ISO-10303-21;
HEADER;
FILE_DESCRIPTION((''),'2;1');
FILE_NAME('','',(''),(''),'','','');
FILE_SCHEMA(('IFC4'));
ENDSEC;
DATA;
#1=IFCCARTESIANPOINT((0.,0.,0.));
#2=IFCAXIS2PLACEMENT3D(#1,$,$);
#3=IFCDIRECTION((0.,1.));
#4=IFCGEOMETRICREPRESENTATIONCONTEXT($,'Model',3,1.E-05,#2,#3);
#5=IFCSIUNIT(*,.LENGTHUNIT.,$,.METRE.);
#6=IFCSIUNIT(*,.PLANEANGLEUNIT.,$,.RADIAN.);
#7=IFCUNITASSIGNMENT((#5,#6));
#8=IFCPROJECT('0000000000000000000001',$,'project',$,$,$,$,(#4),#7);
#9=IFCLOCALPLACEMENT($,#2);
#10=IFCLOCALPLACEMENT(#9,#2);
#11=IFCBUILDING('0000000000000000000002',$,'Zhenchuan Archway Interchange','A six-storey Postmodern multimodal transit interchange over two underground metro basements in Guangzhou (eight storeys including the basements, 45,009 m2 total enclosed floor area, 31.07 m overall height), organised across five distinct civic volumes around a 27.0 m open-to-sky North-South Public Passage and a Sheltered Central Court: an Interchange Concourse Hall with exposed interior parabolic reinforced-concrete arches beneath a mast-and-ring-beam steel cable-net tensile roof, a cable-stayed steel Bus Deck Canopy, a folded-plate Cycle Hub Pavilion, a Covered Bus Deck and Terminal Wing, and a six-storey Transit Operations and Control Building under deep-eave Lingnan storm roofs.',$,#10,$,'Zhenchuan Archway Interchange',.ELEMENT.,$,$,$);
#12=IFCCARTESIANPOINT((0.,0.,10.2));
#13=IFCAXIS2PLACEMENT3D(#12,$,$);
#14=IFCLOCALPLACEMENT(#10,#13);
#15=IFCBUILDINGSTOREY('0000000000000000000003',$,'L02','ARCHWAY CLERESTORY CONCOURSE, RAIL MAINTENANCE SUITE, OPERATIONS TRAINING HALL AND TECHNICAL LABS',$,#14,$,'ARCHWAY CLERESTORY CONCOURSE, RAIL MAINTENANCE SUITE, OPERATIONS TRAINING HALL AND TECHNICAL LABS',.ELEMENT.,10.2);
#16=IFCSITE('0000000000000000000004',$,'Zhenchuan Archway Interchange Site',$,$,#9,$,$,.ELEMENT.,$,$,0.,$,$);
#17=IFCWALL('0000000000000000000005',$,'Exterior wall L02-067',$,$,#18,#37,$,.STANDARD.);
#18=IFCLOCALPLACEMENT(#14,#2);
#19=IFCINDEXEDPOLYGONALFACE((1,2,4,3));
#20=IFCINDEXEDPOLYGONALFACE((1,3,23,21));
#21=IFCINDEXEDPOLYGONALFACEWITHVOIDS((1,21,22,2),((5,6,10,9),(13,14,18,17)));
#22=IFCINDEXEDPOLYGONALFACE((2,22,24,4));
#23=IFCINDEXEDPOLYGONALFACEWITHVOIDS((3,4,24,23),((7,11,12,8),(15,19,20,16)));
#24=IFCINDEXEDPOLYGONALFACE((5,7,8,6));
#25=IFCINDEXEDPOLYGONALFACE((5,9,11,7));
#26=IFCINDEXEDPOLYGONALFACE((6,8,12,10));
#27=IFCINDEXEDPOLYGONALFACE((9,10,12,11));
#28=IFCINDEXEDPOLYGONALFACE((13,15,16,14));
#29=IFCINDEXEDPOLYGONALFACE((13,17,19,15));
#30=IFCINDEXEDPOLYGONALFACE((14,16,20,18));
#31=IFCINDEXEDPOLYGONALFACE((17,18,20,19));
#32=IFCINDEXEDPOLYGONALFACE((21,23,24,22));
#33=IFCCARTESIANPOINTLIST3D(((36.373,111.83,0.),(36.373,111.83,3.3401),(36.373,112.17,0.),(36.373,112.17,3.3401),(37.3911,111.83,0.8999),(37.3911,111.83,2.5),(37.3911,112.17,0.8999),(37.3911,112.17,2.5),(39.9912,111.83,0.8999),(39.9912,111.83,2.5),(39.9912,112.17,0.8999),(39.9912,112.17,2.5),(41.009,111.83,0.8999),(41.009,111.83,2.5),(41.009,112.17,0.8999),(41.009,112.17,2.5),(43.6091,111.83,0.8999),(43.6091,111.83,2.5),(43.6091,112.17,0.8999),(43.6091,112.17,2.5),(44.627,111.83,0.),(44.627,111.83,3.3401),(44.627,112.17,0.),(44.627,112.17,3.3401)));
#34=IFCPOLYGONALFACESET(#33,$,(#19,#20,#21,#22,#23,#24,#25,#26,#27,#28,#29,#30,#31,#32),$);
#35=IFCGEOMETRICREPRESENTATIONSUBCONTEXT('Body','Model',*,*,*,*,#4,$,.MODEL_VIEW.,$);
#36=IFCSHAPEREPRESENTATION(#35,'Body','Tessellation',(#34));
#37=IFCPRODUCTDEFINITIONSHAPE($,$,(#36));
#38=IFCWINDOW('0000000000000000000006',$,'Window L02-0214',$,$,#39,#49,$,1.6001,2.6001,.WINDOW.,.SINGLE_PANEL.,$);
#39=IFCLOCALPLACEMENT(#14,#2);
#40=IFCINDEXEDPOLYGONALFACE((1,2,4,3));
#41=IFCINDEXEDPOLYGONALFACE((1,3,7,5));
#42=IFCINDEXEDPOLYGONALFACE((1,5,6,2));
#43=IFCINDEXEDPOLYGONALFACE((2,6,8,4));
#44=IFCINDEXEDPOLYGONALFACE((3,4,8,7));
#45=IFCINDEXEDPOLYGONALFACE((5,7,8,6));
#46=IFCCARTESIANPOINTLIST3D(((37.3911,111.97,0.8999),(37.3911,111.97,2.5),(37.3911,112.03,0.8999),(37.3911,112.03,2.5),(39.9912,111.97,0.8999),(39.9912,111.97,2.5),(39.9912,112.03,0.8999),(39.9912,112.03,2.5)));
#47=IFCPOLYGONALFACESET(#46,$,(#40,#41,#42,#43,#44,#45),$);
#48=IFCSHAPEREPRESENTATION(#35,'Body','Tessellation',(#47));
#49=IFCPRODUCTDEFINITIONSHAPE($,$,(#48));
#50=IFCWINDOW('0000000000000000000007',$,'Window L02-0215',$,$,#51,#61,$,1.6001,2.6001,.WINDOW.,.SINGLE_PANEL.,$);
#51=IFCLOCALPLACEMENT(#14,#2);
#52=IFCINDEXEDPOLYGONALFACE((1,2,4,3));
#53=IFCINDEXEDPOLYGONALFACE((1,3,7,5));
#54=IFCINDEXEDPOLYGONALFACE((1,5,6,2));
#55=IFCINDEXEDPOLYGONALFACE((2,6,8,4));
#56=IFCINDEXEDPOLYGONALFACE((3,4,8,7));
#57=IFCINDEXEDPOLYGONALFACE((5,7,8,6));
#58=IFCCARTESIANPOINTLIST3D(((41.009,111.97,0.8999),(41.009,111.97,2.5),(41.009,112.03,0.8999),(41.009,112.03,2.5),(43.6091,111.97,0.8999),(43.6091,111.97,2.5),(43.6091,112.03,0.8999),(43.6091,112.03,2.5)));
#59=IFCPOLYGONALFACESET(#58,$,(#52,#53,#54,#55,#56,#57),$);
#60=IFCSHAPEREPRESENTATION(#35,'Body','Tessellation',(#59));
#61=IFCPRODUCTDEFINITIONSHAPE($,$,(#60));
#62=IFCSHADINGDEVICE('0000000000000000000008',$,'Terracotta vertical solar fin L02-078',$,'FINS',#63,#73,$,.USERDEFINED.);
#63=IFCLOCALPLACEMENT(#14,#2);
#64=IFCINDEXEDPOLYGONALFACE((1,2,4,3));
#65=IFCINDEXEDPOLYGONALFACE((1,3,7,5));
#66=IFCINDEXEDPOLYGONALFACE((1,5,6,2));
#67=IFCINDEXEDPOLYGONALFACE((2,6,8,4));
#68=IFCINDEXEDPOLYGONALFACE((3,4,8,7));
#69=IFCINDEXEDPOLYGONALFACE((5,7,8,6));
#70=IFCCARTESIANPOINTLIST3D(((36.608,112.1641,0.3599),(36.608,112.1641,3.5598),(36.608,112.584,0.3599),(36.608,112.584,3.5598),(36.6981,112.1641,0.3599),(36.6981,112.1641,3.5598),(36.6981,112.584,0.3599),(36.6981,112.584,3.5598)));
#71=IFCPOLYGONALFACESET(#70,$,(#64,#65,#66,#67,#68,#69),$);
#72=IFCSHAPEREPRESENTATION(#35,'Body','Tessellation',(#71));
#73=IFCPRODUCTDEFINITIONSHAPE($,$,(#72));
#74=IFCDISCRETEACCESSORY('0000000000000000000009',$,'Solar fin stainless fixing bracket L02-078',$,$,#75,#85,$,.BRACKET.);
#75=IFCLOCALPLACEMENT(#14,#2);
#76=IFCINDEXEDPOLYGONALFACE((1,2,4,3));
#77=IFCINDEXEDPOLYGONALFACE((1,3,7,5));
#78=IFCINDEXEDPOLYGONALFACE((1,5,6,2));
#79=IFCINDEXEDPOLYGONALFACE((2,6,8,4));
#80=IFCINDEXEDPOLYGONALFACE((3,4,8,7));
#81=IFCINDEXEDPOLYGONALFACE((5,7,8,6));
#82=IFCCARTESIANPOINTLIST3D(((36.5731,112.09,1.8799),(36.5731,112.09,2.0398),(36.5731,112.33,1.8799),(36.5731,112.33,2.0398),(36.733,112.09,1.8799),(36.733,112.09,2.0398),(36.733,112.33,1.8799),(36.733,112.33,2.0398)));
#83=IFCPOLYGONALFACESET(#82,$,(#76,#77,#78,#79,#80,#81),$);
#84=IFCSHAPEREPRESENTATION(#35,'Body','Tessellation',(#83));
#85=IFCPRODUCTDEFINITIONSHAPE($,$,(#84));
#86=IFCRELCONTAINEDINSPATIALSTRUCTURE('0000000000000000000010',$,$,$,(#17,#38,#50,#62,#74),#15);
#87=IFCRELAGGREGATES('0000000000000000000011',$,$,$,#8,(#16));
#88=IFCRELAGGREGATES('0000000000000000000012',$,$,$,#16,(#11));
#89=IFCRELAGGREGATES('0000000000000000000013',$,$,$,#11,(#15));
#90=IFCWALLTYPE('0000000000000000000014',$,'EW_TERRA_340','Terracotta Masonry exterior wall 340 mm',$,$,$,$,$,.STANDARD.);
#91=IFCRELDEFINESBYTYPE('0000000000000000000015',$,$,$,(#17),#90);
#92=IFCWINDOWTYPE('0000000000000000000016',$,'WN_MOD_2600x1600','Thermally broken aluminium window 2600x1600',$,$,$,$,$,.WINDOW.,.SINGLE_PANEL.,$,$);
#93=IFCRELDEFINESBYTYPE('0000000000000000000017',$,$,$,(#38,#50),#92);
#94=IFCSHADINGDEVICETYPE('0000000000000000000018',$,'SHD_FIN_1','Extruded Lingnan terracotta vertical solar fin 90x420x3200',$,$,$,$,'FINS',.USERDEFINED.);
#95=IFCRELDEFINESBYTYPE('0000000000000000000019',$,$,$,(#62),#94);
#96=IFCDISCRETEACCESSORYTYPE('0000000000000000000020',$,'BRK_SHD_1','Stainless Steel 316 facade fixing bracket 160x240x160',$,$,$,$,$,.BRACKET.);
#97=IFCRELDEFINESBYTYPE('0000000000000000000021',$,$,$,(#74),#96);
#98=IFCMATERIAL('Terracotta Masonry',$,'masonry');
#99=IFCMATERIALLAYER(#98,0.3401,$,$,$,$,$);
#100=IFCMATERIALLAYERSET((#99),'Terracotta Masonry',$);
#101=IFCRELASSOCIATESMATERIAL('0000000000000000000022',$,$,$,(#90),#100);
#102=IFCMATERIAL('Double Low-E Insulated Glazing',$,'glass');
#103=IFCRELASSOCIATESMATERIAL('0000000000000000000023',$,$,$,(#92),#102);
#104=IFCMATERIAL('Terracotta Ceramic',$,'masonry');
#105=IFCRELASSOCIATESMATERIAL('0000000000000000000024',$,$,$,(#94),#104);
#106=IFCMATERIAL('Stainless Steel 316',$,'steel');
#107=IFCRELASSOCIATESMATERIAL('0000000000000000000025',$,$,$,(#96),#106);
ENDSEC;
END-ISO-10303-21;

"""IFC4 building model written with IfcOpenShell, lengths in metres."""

from ifc_helpers import new_model, si_unit, direction, frame, frame_2d, origin, origin_2d, place, context, subcontext, project, spatial, rectangle, extrude, material, layer, layer_set, type_object, element, fill, save


model = new_model("IFC4")

# Units and contexts
model_context = context("Model", 3, precision=1e-05, world=origin(), true_north=direction((0.0, 1.0)))
body_context = subcontext(model_context, "Body", "Model", "MODEL_VIEW")
ifc_project = project(units=[si_unit("LENGTHUNIT", "METRE"), si_unit("PLANEANGLEUNIT", "RADIAN")], contexts=[model_context])

# Site, building, storey
site_placement = place(None, origin())
site = spatial("IfcSite", under=ifc_project, at=site_placement, Name="Zhenchuan Archway Interchange Site", CompositionType="ELEMENT", RefElevation=0.0)
building_placement = place(site_placement, origin())
building = spatial("IfcBuilding", under=site, at=building_placement, Name="Zhenchuan Archway Interchange", Description="A six-storey Postmodern multimodal transit interchange over two underground metro basements in Guangzhou (eight storeys including the basements, 45,009 m2 total enclosed floor area, 31.07 m overall height), organised across five distinct civic volumes around a 27.0 m open-to-sky North-South Public Passage and a Sheltered Central Court: an Interchange Concourse Hall with exposed interior parabolic reinforced-concrete arches beneath a mast-and-ring-beam steel cable-net tensile roof, a cable-stayed steel Bus Deck Canopy, a folded-plate Cycle Hub Pavilion, a Covered Bus Deck and Terminal Wing, and a six-storey Transit Operations and Control Building under deep-eave Lingnan storm roofs.", LongName="Zhenchuan Archway Interchange", CompositionType="ELEMENT")
storey_placement = place(building_placement, frame((0.0, 0.0, 10.2)))
storey = spatial("IfcBuildingStorey", under=building, at=storey_placement, Name="L02", Description="ARCHWAY CLERESTORY CONCOURSE, RAIL MAINTENANCE SUITE, OPERATIONS TRAINING HALL AND TECHNICAL LABS", LongName="ARCHWAY CLERESTORY CONCOURSE, RAIL MAINTENANCE SUITE, OPERATIONS TRAINING HALL AND TECHNICAL LABS", CompositionType="ELEMENT", Elevation=10.2)

# Shared definitions
ifc_material_1 = material(Name="Double Low-E Insulated Glazing", Category="glass")

# Wall, openings, windows
ifc_material_2 = material(Name="Terracotta Masonry", Category="masonry")
ifc_layer_1 = layer(ifc_material_2, 0.3401)
ifc_layer_set_1 = layer_set([ifc_layer_1], Name="Terracotta Masonry")
wall_type = type_object("IfcWallType", Name="EW_TERRA_340", Description="Terracotta Masonry exterior wall 340 mm", PredefinedType="STANDARD", material=ifc_layer_set_1)
wall_placement = place(storey_placement, frame((36.373, 112.0, 0.0), z_axis=(0.0, 0.0, 1.0), x_axis=(1.0, 0.0, 0.0)))
wall = element("IfcWall", 1, at=wall_placement, inside=storey, type_object=wall_type, Name="Exterior wall L02-067", PredefinedType="STANDARD", context=body_context, shape_type="SweptSolid", body=[
    extrude(rectangle(XDim=8.2539, YDim=0.3401, at=frame_2d((4.127, 0.0))), origin(), (0.0, 0.0, 1.0), 3.3401),
])
opening_1_placement = place(wall_placement, frame((1.0181, 0.0, 0.8999)))
opening_1 = element("IfcOpeningElement", 2, at=opening_1_placement, cuts=wall, PredefinedType="OPENING", context=body_context, shape_type="SweptSolid", body=[
    extrude(rectangle(XDim=2.6001, YDim=1.6001, at=frame_2d((1.3, 0.8))), frame((0.0, 0.1821, 0.0), z_axis=(0.0, -1.0, 0.0), x_axis=(1.0, 0.0, 0.0)), (0.0, 0.0, 1.0), 0.364),
])
opening_2_placement = place(wall_placement, frame((4.636, 0.0, 0.8999)))
opening_2 = element("IfcOpeningElement", 3, at=opening_2_placement, cuts=wall, PredefinedType="OPENING", context=body_context, shape_type="SweptSolid", body=[
    extrude(rectangle(XDim=2.6001, YDim=1.6001, at=frame_2d((1.3, 0.8))), frame((0.0, 0.1821, 0.0), z_axis=(0.0, -1.0, 0.0), x_axis=(1.0, 0.0, 0.0)), (0.0, 0.0, 1.0), 0.364),
])
window_type = type_object("IfcWindowType", Name="WN_MOD_2600x1600", Description="Thermally broken aluminium window 2600x1600", PartitioningType="SINGLE_PANEL", PredefinedType="WINDOW", material=ifc_material_1)
window_1_placement = place(opening_1_placement, origin())
window_1 = element("IfcWindow", 4, at=window_1_placement, inside=storey, type_object=window_type, Name="Window L02-0214", OverallHeight=1.6001, OverallWidth=2.6001, PartitioningType="SINGLE_PANEL", PredefinedType="WINDOW", context=body_context, shape_type="SweptSolid", body=[
    extrude(rectangle(XDim=2.6001, YDim=1.6001, at=frame_2d((1.3, 0.8))), frame((0.0, 0.03, 0.0), z_axis=(0.0, -1.0, 0.0), x_axis=(1.0, 0.0, 0.0)), (0.0, 0.0, 1.0), 0.0601),
])
fill(opening_1, window_1)
window_2_placement = place(opening_2_placement, origin())
window_2 = element("IfcWindow", 5, at=window_2_placement, inside=storey, type_object=window_type, Name="Window L02-0215", OverallHeight=1.6001, OverallWidth=2.6001, PartitioningType="SINGLE_PANEL", PredefinedType="WINDOW", context=body_context, shape_type="SweptSolid", body=[
    extrude(rectangle(XDim=2.6001, YDim=1.6001, at=frame_2d((1.3, 0.8))), frame((0.0, 0.03, 0.0), z_axis=(0.0, -1.0, 0.0), x_axis=(1.0, 0.0, 0.0)), (0.0, 0.0, 1.0), 0.0601),
])
fill(opening_2, window_2)

# Shading device
ifc_material_3 = material(Name="Terracotta Ceramic", Category="masonry")
shading_device_type = type_object("IfcShadingDeviceType", Name="SHD_FIN_1", Description="Extruded Lingnan terracotta vertical solar fin 90x420x3200", ElementType="FINS", PredefinedType="USERDEFINED", material=ifc_material_3)
shading_device_placement = place(storey_placement, frame((36.6531, 112.374, 0.3599), z_axis=(0.0, 0.0, 1.0), x_axis=(1.0, 0.0, 0.0)))
element("IfcShadingDevice", 6, at=shading_device_placement, inside=storey, type_object=shading_device_type, Name="Terracotta vertical solar fin L02-078", ObjectType="FINS", PredefinedType="USERDEFINED", context=body_context, shape_type="SweptSolid", body=[
    extrude(rectangle(XDim=0.0901, YDim=0.4199, at=origin_2d()), origin(), (0.0, 0.0, 1.0), 3.2),
])

# Discrete accessory
ifc_material_4 = material(Name="Stainless Steel 316", Category="steel")
discrete_accessory_type = type_object("IfcDiscreteAccessoryType", Name="BRK_SHD_1", Description="Stainless Steel 316 facade fixing bracket 160x240x160", PredefinedType="BRACKET", material=ifc_material_4)
discrete_accessory_placement = place(storey_placement, frame((36.6531, 112.21, 1.8799), z_axis=(0.0, 0.0, 1.0), x_axis=(1.0, 0.0, 0.0)))
element("IfcDiscreteAccessory", 7, at=discrete_accessory_placement, inside=storey, type_object=discrete_accessory_type, Name="Solar fin stainless fixing bracket L02-078", PredefinedType="BRACKET", context=body_context, shape_type="SweptSolid", body=[
    extrude(rectangle(XDim=0.1599, YDim=0.24, at=origin_2d()), origin(), (0.0, 0.0, 1.0), 0.1599),
])

save(model, "model.ifc")
